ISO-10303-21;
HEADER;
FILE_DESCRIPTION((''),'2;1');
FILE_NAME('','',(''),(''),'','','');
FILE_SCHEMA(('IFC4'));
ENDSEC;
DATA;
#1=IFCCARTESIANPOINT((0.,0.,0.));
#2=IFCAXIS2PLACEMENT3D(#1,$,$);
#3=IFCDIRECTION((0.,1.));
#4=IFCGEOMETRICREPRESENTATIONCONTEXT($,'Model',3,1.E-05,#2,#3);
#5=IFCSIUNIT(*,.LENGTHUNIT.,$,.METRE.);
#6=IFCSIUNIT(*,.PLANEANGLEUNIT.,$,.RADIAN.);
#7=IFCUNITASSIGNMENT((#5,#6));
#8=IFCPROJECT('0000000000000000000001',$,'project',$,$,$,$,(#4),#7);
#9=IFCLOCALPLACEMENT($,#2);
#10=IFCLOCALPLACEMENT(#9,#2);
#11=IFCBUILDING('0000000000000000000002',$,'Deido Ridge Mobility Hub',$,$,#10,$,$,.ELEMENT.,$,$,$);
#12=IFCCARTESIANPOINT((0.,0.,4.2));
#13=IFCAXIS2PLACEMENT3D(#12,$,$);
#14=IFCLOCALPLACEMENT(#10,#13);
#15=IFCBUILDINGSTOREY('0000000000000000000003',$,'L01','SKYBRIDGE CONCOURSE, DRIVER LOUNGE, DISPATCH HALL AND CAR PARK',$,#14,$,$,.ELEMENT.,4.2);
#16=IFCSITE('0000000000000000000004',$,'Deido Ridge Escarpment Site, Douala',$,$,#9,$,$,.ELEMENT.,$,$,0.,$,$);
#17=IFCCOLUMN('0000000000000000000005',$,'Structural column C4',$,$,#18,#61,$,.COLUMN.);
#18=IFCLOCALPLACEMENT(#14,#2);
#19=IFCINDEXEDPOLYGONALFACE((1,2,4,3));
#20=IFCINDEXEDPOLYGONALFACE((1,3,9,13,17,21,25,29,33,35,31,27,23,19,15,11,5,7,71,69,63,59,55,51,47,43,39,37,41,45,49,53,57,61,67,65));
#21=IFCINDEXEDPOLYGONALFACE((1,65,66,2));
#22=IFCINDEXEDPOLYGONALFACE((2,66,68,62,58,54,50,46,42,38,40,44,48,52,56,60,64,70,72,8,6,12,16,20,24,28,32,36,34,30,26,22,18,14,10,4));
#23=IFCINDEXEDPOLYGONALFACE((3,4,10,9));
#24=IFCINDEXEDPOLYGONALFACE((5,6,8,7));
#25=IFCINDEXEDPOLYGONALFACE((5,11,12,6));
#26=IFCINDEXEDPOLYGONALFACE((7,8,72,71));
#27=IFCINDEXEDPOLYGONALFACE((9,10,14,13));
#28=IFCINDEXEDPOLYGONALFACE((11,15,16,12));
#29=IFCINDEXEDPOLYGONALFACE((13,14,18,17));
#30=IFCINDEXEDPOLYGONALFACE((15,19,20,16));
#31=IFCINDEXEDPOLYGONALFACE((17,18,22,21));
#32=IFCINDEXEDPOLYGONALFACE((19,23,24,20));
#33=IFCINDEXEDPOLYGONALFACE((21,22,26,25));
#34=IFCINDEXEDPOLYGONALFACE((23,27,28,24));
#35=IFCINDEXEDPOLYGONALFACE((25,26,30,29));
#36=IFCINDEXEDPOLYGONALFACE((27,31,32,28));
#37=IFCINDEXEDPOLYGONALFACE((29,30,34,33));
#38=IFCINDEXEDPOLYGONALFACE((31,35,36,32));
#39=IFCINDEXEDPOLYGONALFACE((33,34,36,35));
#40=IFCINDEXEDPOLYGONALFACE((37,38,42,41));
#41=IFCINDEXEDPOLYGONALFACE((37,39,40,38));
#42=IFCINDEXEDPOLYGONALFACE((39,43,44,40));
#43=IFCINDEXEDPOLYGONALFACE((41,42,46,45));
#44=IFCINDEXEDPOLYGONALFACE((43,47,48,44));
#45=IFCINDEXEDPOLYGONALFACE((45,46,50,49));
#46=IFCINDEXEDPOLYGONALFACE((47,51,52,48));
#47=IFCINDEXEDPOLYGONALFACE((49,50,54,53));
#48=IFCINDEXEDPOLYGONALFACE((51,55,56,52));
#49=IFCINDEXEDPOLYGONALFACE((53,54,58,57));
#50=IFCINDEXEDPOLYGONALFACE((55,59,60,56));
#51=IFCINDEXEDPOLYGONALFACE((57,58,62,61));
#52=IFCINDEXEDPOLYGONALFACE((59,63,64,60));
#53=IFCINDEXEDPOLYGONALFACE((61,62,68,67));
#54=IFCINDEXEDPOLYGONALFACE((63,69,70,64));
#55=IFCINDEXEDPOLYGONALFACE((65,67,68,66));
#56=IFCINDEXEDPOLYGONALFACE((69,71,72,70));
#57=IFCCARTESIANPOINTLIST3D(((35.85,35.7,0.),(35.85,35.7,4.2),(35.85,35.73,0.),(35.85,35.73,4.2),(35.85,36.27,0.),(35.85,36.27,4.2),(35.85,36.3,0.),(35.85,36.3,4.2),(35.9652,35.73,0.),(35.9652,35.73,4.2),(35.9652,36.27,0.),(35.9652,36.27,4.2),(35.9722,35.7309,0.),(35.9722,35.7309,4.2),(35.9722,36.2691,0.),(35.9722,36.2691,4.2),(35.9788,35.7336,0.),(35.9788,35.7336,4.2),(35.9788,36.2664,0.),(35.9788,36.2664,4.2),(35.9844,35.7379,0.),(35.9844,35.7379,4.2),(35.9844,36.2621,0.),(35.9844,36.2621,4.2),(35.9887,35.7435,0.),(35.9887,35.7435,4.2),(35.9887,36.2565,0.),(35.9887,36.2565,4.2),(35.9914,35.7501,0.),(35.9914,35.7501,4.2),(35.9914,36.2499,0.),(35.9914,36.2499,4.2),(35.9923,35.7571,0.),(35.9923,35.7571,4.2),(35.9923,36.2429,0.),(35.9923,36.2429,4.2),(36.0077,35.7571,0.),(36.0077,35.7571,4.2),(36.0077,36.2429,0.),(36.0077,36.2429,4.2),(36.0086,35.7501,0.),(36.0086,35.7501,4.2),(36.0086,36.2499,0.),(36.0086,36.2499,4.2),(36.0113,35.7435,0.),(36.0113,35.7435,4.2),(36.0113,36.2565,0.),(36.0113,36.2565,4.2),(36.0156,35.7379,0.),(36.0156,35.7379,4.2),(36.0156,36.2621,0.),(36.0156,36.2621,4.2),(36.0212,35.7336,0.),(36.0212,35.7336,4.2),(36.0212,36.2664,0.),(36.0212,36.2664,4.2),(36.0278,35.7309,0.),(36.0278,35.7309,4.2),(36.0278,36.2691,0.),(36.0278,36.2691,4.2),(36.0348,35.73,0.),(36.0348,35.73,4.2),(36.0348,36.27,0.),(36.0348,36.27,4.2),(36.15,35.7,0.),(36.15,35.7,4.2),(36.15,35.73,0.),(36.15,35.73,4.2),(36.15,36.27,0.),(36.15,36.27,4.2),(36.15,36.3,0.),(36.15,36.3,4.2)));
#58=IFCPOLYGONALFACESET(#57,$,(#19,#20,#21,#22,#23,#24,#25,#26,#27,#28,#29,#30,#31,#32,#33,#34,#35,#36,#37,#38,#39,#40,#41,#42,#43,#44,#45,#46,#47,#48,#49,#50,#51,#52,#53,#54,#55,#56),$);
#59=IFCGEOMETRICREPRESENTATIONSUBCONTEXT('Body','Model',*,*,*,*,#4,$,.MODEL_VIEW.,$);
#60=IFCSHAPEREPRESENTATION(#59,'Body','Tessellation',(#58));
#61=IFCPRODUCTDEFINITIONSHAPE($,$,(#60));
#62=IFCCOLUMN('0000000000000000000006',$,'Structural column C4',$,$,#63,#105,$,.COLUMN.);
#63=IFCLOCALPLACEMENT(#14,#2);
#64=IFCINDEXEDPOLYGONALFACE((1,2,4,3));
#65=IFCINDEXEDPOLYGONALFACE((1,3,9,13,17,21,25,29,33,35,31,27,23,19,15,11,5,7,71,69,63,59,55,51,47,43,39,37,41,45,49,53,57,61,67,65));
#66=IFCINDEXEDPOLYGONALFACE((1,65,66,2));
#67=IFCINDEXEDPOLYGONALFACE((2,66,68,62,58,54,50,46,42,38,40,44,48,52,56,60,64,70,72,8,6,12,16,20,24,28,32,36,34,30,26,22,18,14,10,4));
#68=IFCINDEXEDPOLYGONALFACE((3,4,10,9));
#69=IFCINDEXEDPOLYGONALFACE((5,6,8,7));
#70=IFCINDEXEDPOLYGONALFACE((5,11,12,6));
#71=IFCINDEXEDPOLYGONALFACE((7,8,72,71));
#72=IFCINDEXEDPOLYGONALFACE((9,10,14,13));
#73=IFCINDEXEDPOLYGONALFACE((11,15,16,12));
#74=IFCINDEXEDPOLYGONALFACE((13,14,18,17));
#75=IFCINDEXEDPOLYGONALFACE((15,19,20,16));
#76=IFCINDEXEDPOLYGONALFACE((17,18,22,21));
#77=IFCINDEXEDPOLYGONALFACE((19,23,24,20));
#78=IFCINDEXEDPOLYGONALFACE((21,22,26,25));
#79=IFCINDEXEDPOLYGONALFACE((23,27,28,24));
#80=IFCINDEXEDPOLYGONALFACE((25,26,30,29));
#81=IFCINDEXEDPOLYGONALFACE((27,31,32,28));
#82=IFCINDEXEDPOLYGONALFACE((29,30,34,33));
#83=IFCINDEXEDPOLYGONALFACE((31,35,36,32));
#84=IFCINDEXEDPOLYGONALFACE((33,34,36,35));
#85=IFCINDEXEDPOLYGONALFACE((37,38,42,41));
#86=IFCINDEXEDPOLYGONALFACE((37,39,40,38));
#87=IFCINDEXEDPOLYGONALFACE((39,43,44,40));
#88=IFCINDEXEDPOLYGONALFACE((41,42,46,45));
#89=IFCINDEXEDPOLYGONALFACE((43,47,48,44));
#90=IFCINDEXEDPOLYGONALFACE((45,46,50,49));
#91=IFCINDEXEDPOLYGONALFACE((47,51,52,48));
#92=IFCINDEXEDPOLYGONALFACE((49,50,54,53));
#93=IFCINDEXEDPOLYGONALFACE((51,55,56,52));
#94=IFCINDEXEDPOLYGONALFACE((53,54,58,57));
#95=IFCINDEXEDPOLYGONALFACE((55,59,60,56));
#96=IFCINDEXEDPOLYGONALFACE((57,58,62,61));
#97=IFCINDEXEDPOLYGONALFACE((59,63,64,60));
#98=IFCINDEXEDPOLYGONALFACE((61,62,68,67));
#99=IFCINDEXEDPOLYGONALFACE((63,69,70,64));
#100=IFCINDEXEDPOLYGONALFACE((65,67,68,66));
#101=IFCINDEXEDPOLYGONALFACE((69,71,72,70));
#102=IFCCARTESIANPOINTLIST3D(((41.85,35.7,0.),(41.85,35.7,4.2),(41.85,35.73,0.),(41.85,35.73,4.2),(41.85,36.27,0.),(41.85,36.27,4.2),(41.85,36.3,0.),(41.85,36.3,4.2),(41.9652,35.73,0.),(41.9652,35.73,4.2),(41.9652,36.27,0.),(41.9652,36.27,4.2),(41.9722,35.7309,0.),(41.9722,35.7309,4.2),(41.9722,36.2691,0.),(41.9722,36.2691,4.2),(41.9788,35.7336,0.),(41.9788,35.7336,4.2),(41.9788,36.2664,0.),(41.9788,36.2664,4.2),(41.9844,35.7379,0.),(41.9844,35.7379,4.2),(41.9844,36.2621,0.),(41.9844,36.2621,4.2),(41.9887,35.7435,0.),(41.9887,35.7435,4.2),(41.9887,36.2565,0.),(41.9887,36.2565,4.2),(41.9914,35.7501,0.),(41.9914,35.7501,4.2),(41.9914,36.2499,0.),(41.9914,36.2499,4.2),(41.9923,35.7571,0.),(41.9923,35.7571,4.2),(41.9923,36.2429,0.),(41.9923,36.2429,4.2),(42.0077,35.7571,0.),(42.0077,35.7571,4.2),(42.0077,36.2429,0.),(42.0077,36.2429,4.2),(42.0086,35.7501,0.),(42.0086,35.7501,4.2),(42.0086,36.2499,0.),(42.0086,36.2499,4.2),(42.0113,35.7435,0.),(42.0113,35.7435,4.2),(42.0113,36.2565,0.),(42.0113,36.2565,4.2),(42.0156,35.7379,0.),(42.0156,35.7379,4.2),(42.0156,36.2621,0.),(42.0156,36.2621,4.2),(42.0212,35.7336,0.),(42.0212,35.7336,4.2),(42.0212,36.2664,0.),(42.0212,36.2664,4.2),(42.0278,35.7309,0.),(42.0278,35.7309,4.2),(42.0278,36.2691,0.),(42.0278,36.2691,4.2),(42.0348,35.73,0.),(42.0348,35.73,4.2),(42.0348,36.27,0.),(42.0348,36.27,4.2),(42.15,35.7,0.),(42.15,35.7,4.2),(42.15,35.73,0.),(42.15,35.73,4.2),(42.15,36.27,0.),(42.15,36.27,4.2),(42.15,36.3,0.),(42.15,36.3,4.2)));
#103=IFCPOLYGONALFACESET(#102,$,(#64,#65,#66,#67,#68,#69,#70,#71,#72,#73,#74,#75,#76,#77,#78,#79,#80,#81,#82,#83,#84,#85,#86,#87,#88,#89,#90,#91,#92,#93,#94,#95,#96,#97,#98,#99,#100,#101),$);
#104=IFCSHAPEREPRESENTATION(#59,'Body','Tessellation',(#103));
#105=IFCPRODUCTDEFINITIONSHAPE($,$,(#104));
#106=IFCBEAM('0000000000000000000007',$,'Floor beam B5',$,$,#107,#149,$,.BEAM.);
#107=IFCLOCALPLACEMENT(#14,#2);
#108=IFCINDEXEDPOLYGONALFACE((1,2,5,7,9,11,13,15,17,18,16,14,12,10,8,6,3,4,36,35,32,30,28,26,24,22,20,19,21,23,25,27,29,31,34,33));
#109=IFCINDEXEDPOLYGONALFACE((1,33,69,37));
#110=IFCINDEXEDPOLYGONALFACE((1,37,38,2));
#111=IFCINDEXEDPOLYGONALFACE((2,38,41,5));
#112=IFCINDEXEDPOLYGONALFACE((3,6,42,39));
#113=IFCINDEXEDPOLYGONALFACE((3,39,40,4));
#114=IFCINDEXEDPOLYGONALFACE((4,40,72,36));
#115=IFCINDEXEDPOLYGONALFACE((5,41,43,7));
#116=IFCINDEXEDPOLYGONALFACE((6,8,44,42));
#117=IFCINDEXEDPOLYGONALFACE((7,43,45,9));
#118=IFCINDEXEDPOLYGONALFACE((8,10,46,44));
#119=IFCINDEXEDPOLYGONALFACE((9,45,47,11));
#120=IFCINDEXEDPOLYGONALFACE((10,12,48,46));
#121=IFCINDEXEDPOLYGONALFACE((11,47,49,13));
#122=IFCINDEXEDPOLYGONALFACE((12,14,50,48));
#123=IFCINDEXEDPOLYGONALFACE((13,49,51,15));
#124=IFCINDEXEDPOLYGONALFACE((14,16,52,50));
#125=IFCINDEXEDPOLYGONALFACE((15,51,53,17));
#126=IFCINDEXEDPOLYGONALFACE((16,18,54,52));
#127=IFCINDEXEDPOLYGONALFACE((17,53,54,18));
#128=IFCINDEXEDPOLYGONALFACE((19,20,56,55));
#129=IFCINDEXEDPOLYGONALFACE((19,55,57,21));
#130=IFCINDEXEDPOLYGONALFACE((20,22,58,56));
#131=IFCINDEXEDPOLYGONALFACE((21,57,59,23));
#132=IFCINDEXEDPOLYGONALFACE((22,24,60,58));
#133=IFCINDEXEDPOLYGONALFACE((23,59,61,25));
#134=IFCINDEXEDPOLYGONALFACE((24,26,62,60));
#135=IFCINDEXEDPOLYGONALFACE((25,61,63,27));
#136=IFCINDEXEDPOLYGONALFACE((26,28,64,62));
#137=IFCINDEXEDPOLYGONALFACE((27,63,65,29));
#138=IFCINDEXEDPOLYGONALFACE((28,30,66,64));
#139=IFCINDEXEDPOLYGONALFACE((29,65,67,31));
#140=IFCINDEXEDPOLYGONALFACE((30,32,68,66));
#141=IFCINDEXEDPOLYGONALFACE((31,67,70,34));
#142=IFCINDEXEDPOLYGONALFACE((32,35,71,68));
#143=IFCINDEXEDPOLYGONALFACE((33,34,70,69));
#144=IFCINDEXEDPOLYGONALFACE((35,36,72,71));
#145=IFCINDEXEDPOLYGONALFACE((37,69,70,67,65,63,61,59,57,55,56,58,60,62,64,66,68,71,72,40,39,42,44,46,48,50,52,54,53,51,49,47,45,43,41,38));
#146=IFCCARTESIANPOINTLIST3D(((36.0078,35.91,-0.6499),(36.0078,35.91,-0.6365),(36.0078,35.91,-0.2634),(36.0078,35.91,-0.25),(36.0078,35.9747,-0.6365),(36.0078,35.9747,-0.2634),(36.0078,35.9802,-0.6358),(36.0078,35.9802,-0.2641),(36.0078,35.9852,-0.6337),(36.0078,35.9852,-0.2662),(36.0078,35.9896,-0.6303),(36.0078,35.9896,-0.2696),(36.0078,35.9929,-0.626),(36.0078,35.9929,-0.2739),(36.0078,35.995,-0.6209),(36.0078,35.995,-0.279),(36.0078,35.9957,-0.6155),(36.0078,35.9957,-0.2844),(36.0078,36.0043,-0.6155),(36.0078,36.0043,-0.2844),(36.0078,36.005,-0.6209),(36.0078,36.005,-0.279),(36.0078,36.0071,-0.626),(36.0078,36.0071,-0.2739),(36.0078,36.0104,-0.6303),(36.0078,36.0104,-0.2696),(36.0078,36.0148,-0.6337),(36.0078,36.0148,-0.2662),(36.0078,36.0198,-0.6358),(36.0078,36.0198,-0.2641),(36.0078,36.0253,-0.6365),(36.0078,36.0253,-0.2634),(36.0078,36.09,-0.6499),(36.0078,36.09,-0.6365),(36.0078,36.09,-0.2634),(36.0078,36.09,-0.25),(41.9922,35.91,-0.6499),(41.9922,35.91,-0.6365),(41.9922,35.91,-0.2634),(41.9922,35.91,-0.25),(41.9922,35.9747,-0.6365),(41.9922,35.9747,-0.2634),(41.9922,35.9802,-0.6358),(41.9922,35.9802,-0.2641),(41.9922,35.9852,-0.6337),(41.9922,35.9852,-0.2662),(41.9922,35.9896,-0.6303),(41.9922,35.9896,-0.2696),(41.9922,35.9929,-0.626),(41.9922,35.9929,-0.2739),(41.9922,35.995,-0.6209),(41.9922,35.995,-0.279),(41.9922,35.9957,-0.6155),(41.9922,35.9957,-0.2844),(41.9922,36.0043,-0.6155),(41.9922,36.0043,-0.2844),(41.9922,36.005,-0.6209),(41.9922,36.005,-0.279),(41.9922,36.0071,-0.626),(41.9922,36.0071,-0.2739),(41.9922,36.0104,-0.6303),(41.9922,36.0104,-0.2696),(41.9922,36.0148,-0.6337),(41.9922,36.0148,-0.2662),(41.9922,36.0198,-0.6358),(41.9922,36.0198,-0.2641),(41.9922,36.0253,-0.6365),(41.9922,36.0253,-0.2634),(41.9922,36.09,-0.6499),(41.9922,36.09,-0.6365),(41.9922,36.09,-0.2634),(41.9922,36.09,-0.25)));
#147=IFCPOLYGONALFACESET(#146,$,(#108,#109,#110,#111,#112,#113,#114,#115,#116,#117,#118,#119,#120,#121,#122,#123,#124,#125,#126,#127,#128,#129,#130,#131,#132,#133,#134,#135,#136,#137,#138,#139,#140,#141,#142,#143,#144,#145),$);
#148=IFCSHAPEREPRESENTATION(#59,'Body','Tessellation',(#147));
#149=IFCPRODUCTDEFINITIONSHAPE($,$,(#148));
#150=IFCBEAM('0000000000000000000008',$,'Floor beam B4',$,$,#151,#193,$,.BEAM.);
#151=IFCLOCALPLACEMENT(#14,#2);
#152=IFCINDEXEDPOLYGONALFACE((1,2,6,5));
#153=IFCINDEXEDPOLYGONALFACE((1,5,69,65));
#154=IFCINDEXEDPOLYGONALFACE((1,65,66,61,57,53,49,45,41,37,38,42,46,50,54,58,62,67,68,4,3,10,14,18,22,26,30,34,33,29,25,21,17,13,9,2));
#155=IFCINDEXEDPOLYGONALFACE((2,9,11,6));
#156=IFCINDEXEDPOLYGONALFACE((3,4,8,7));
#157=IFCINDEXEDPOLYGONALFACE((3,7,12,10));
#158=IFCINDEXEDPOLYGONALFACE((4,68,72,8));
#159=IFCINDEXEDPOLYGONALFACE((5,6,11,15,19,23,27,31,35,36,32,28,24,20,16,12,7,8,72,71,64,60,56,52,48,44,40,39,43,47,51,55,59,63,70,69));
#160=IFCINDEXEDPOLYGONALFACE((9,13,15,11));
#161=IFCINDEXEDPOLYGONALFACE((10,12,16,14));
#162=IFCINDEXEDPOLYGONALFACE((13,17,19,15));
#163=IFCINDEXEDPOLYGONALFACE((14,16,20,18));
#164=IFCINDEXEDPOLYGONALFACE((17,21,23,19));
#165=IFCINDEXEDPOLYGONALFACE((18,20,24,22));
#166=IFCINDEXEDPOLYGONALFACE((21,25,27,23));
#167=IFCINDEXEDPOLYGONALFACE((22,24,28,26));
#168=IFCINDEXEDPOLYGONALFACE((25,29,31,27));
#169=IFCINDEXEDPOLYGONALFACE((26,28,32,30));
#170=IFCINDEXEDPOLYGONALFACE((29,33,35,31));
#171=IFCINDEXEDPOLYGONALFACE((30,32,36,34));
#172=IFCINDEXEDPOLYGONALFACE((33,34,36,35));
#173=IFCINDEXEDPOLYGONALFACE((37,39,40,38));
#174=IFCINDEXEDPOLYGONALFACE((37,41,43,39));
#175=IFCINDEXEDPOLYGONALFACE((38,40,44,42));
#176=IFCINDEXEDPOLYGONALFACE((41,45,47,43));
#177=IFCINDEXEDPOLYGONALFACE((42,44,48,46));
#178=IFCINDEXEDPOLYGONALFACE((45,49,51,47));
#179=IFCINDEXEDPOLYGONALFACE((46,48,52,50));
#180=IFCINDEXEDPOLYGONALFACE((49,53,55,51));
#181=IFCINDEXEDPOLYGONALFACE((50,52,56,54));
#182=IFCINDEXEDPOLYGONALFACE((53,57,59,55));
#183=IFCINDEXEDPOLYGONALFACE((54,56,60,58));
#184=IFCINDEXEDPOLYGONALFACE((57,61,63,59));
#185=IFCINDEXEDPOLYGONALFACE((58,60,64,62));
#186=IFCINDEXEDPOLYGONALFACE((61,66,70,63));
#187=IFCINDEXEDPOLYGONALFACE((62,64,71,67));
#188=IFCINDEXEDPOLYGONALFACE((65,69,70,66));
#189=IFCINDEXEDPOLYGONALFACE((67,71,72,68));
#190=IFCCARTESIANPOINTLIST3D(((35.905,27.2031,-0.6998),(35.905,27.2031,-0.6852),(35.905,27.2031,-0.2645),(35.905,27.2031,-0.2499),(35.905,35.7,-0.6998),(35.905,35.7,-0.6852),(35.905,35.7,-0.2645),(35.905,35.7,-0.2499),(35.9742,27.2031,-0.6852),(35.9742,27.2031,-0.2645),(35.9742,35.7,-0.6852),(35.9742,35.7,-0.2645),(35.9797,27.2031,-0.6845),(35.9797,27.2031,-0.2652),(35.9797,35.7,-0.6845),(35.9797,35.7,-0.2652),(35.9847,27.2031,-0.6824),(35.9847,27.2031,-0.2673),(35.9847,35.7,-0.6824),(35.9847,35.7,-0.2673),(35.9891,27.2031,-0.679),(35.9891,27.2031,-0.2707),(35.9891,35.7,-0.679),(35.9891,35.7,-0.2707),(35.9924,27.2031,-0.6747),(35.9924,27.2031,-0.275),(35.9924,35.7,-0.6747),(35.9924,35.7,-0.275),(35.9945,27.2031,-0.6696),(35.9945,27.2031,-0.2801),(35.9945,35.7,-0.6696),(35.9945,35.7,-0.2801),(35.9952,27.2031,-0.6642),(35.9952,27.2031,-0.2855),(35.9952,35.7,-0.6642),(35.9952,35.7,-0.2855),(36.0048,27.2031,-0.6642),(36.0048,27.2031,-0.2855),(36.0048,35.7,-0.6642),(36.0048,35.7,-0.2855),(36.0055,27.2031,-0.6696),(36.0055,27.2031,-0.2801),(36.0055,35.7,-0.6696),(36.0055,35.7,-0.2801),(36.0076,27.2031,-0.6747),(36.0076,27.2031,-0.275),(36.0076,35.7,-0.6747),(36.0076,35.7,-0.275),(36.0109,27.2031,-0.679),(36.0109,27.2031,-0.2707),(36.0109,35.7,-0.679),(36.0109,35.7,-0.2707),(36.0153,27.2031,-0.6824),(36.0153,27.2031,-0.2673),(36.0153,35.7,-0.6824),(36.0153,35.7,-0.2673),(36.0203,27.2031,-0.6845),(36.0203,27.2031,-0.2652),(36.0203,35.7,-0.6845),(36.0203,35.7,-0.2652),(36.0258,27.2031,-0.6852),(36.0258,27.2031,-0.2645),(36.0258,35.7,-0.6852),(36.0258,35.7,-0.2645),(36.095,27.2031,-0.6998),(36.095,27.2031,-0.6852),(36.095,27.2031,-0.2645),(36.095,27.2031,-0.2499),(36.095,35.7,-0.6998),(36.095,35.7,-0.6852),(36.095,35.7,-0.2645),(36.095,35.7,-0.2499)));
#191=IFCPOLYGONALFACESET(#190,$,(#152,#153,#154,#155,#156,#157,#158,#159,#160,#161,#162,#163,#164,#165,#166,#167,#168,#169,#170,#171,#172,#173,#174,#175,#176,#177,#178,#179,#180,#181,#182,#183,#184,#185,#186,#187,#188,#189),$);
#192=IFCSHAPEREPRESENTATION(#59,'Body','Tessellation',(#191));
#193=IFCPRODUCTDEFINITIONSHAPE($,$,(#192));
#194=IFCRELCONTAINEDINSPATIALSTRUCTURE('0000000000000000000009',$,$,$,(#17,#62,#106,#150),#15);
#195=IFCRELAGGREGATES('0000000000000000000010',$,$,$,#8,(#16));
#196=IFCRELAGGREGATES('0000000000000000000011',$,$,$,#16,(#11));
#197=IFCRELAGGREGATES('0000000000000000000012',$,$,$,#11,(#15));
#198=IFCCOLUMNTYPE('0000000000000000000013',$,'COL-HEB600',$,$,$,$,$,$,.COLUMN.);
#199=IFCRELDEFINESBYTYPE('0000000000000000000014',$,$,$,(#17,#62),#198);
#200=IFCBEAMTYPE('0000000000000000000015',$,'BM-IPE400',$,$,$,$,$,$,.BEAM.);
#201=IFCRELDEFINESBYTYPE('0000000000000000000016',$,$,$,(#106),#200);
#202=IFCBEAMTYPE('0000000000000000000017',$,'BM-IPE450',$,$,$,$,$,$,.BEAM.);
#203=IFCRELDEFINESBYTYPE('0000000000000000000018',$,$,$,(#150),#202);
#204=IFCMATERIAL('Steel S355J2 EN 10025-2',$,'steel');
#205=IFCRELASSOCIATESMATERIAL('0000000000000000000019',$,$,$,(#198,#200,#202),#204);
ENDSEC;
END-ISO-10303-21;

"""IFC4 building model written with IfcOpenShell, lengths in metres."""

from ifc_helpers import new_model, si_unit, direction, frame, origin, origin_2d, place, context, subcontext, project, spatial, i_section, extrude, material, material_profile, profile_set, type_object, element, save


model = new_model("IFC4")

# Units and contexts
model_context = context("Model", 3, precision=1e-05, world=origin(), true_north=direction((0.0, 1.0)))
body_context = subcontext(model_context, "Body", "Model", "MODEL_VIEW")
ifc_project = project(units=[si_unit("LENGTHUNIT", "METRE"), si_unit("PLANEANGLEUNIT", "RADIAN")], contexts=[model_context])

# Site, building, storey
site_placement = place(None, origin())
site = spatial("IfcSite", under=ifc_project, at=site_placement, Name="Deido Ridge Escarpment Site, Douala", CompositionType="ELEMENT", RefElevation=0.0)
building_placement = place(site_placement, origin())
building = spatial("IfcBuilding", under=site, at=building_placement, Name="Deido Ridge Mobility Hub", CompositionType="ELEMENT")
storey_placement = place(building_placement, frame((0.0, 0.0, 4.2)))
storey = spatial("IfcBuildingStorey", under=building, at=storey_placement, Name="L01", Description="SKYBRIDGE CONCOURSE, DRIVER LOUNGE, DISPATCH HALL AND CAR PARK", CompositionType="ELEMENT", Elevation=4.2)

# Columns
ifc_material_1 = material(Name="Steel S355J2 EN 10025-2", Category="steel")
ifc_material_profile_1 = material_profile(ifc_material_1, i_section(OverallWidth=0.3, OverallDepth=0.6001, WebThickness=0.0154, FlangeThickness=0.03, FilletRadius=0.0271, at=origin_2d()), Name="HEB 600")
ifc_profile_set_1 = profile_set([ifc_material_profile_1], Name="Steel S355J2 EN 10025-2")
column_type = type_object("IfcColumnType", Name="COL-HEB600", PredefinedType="COLUMN", material=ifc_profile_set_1)
for number, where, z_axis, x_axis, name in (
    (1, (36.0, 36.0, 0.0), (0.0, 0.0, 1.0), (1.0, 0.0, 0.0), "Structural column C4"),
    (2, (42.0, 36.0, 0.0), (0.0, 0.0, 1.0), (1.0, 0.0, 0.0), "Structural column C4"),
):
    element("IfcColumn", number, at=place(storey_placement, frame(where, z_axis=z_axis, x_axis=x_axis)), inside=storey, type_object=column_type, Name=name, PredefinedType="COLUMN", context=body_context, shape_type="SweptSolid", body=[
        extrude(i_section(OverallWidth=0.3, OverallDepth=0.6001, WebThickness=0.0154, FlangeThickness=0.03, FilletRadius=0.0271, at=origin_2d()), origin(), (0.0, 0.0, 1.0), 4.2),
    ])

# Beams
ifc_material_profile_2 = material_profile(ifc_material_1, i_section(OverallWidth=0.1799, OverallDepth=0.3999, WebThickness=0.0085, FlangeThickness=0.0134, FilletRadius=0.021, at=origin_2d()), Name="IPE 400")
ifc_profile_set_2 = profile_set([ifc_material_profile_2], Name="Steel S355J2 EN 10025-2")
beam_type_1 = type_object("IfcBeamType", Name="BM-IPE400", PredefinedType="BEAM", material=ifc_profile_set_2)
beam_1_placement = place(storey_placement, frame((36.0078, 36.0, -0.45), z_axis=(1.0, 0.0, 0.0), x_axis=(0.0, 1.0, 0.0)))
element("IfcBeam", 3, at=beam_1_placement, inside=storey, type_object=beam_type_1, Name="Floor beam B5", PredefinedType="BEAM", context=body_context, shape_type="SweptSolid", body=[
    extrude(i_section(OverallWidth=0.1799, OverallDepth=0.3999, WebThickness=0.0085, FlangeThickness=0.0134, FilletRadius=0.021, at=origin_2d()), origin(), (0.0, 0.0, 1.0), 5.9844),
])
ifc_material_profile_3 = material_profile(ifc_material_1, i_section(OverallWidth=0.1899, OverallDepth=0.45, WebThickness=0.0095, FlangeThickness=0.0146, FilletRadius=0.021, at=origin_2d()), Name="IPE 450")
ifc_profile_set_3 = profile_set([ifc_material_profile_3], Name="Steel S355J2 EN 10025-2")
beam_type_2 = type_object("IfcBeamType", Name="BM-IPE450", PredefinedType="BEAM", material=ifc_profile_set_3)
beam_2_placement = place(storey_placement, frame((36.0, 27.2031, -0.4749), z_axis=(0.0, 1.0, 0.0), x_axis=(-1.0, 0.0, 0.0)))
element("IfcBeam", 4, at=beam_2_placement, inside=storey, type_object=beam_type_2, Name="Floor beam B4", PredefinedType="BEAM", context=body_context, shape_type="SweptSolid", body=[
    extrude(i_section(OverallWidth=0.1899, OverallDepth=0.45, WebThickness=0.0095, FlangeThickness=0.0146, FilletRadius=0.021, at=origin_2d()), origin(), (0.0, 0.0, 1.0), 8.4968),
])

save(model, "model.ifc")
